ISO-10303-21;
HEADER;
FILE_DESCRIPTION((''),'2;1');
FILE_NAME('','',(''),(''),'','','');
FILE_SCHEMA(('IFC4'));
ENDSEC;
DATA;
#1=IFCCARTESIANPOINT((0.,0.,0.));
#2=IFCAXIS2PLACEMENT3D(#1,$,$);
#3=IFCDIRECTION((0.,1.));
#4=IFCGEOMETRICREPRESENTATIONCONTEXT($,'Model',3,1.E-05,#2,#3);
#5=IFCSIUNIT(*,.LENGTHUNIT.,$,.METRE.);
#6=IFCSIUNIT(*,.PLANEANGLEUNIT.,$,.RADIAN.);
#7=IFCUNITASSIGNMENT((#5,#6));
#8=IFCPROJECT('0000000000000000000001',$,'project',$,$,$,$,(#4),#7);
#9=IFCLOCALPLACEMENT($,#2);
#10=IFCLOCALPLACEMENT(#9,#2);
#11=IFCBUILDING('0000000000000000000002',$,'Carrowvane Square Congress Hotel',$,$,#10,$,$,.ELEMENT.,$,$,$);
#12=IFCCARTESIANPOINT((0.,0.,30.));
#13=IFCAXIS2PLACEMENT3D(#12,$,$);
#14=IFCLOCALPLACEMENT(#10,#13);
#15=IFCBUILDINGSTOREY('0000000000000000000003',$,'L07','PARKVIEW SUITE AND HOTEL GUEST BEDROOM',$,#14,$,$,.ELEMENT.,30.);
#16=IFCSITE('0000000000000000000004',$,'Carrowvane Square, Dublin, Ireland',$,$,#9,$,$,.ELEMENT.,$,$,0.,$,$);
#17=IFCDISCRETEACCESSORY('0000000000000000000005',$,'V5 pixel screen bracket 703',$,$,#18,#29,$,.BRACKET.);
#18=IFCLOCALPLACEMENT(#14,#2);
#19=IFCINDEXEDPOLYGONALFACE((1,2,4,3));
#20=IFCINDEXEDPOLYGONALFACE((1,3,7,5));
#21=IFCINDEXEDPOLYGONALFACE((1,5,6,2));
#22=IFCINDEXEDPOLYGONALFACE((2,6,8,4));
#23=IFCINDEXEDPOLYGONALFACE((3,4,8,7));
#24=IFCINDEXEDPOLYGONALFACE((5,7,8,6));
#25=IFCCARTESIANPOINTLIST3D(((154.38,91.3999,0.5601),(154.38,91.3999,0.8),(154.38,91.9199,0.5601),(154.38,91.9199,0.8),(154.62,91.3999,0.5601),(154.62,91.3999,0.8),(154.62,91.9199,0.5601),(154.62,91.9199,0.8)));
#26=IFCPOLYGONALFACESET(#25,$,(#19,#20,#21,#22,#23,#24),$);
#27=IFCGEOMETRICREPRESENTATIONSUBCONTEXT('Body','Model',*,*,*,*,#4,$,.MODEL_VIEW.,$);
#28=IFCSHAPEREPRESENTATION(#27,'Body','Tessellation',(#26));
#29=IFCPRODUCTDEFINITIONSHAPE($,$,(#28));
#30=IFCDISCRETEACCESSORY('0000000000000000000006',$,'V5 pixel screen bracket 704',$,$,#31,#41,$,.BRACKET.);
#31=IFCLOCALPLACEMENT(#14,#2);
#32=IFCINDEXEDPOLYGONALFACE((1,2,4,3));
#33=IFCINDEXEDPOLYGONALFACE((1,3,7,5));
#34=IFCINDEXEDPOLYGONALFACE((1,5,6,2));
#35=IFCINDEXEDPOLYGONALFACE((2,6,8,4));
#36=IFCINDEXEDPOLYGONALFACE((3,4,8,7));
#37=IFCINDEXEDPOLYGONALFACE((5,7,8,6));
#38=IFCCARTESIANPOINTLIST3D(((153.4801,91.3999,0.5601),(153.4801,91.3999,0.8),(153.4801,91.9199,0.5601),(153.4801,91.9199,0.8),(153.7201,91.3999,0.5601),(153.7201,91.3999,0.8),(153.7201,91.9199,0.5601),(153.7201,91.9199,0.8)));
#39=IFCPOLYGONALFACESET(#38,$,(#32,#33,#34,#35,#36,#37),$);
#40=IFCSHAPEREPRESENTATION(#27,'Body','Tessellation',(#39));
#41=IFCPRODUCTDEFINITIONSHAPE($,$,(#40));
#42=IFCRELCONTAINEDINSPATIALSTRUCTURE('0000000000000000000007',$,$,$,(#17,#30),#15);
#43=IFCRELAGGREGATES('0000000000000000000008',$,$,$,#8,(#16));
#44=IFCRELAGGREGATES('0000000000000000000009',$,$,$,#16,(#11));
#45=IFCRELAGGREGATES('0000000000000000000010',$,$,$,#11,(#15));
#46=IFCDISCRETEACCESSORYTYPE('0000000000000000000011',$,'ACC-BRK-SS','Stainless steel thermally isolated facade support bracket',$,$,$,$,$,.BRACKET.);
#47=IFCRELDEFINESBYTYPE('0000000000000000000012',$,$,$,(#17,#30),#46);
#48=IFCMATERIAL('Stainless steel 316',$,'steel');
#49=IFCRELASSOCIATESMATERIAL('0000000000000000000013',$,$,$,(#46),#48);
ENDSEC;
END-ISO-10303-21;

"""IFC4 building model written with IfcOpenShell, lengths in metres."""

from ifc_helpers import new_model, si_unit, direction, frame, origin, origin_2d, place, context, subcontext, project, spatial, rectangle, extrude, material, type_object, element, save


model = new_model("IFC4")

# Units and contexts
model_context = context("Model", 3, precision=1e-05, world=origin(), true_north=direction((0.0, 1.0)))
body_context = subcontext(model_context, "Body", "Model", "MODEL_VIEW")
ifc_project = project(units=[si_unit("LENGTHUNIT", "METRE"), si_unit("PLANEANGLEUNIT", "RADIAN")], contexts=[model_context])

# Site, building, storey
site_placement = place(None, origin())
site = spatial("IfcSite", under=ifc_project, at=site_placement, Name="Carrowvane Square, Dublin, Ireland", CompositionType="ELEMENT", RefElevation=0.0)
building_placement = place(site_placement, origin())
building = spatial("IfcBuilding", under=site, at=building_placement, Name="Carrowvane Square Congress Hotel", CompositionType="ELEMENT")
storey_placement = place(building_placement, frame((0.0, 0.0, 30.0)))
storey = spatial("IfcBuildingStorey", under=building, at=storey_placement, Name="L07", Description="PARKVIEW SUITE AND HOTEL GUEST BEDROOM", CompositionType="ELEMENT", Elevation=30.0)

# Discrete accessories
ifc_material_1 = material(Name="Stainless steel 316", Category="steel")
discrete_accessory_type = type_object("IfcDiscreteAccessoryType", Name="ACC-BRK-SS", Description="Stainless steel thermally isolated facade support bracket", PredefinedType="BRACKET", material=ifc_material_1)
for number, where, z_axis, x_axis, name in (
    (1, (154.5, 91.6599, 0.5601), (0.0, 0.0, 1.0), (-1.0, 0.0, 0.0), "V5 pixel screen bracket 703"),
    (2, (153.6001, 91.6599, 0.5601), (0.0, 0.0, 1.0), (-1.0, 0.0, 0.0), "V5 pixel screen bracket 704"),
):
    element("IfcDiscreteAccessory", number, at=place(storey_placement, frame(where, z_axis=z_axis, x_axis=x_axis)), inside=storey, type_object=discrete_accessory_type, Name=name, PredefinedType="BRACKET", context=body_context, shape_type="SweptSolid", body=[
        extrude(rectangle(XDim=0.24, YDim=0.52, at=origin_2d()), origin(), (0.0, 0.0, 1.0), 0.24),
    ])

save(model, "model.ifc")
